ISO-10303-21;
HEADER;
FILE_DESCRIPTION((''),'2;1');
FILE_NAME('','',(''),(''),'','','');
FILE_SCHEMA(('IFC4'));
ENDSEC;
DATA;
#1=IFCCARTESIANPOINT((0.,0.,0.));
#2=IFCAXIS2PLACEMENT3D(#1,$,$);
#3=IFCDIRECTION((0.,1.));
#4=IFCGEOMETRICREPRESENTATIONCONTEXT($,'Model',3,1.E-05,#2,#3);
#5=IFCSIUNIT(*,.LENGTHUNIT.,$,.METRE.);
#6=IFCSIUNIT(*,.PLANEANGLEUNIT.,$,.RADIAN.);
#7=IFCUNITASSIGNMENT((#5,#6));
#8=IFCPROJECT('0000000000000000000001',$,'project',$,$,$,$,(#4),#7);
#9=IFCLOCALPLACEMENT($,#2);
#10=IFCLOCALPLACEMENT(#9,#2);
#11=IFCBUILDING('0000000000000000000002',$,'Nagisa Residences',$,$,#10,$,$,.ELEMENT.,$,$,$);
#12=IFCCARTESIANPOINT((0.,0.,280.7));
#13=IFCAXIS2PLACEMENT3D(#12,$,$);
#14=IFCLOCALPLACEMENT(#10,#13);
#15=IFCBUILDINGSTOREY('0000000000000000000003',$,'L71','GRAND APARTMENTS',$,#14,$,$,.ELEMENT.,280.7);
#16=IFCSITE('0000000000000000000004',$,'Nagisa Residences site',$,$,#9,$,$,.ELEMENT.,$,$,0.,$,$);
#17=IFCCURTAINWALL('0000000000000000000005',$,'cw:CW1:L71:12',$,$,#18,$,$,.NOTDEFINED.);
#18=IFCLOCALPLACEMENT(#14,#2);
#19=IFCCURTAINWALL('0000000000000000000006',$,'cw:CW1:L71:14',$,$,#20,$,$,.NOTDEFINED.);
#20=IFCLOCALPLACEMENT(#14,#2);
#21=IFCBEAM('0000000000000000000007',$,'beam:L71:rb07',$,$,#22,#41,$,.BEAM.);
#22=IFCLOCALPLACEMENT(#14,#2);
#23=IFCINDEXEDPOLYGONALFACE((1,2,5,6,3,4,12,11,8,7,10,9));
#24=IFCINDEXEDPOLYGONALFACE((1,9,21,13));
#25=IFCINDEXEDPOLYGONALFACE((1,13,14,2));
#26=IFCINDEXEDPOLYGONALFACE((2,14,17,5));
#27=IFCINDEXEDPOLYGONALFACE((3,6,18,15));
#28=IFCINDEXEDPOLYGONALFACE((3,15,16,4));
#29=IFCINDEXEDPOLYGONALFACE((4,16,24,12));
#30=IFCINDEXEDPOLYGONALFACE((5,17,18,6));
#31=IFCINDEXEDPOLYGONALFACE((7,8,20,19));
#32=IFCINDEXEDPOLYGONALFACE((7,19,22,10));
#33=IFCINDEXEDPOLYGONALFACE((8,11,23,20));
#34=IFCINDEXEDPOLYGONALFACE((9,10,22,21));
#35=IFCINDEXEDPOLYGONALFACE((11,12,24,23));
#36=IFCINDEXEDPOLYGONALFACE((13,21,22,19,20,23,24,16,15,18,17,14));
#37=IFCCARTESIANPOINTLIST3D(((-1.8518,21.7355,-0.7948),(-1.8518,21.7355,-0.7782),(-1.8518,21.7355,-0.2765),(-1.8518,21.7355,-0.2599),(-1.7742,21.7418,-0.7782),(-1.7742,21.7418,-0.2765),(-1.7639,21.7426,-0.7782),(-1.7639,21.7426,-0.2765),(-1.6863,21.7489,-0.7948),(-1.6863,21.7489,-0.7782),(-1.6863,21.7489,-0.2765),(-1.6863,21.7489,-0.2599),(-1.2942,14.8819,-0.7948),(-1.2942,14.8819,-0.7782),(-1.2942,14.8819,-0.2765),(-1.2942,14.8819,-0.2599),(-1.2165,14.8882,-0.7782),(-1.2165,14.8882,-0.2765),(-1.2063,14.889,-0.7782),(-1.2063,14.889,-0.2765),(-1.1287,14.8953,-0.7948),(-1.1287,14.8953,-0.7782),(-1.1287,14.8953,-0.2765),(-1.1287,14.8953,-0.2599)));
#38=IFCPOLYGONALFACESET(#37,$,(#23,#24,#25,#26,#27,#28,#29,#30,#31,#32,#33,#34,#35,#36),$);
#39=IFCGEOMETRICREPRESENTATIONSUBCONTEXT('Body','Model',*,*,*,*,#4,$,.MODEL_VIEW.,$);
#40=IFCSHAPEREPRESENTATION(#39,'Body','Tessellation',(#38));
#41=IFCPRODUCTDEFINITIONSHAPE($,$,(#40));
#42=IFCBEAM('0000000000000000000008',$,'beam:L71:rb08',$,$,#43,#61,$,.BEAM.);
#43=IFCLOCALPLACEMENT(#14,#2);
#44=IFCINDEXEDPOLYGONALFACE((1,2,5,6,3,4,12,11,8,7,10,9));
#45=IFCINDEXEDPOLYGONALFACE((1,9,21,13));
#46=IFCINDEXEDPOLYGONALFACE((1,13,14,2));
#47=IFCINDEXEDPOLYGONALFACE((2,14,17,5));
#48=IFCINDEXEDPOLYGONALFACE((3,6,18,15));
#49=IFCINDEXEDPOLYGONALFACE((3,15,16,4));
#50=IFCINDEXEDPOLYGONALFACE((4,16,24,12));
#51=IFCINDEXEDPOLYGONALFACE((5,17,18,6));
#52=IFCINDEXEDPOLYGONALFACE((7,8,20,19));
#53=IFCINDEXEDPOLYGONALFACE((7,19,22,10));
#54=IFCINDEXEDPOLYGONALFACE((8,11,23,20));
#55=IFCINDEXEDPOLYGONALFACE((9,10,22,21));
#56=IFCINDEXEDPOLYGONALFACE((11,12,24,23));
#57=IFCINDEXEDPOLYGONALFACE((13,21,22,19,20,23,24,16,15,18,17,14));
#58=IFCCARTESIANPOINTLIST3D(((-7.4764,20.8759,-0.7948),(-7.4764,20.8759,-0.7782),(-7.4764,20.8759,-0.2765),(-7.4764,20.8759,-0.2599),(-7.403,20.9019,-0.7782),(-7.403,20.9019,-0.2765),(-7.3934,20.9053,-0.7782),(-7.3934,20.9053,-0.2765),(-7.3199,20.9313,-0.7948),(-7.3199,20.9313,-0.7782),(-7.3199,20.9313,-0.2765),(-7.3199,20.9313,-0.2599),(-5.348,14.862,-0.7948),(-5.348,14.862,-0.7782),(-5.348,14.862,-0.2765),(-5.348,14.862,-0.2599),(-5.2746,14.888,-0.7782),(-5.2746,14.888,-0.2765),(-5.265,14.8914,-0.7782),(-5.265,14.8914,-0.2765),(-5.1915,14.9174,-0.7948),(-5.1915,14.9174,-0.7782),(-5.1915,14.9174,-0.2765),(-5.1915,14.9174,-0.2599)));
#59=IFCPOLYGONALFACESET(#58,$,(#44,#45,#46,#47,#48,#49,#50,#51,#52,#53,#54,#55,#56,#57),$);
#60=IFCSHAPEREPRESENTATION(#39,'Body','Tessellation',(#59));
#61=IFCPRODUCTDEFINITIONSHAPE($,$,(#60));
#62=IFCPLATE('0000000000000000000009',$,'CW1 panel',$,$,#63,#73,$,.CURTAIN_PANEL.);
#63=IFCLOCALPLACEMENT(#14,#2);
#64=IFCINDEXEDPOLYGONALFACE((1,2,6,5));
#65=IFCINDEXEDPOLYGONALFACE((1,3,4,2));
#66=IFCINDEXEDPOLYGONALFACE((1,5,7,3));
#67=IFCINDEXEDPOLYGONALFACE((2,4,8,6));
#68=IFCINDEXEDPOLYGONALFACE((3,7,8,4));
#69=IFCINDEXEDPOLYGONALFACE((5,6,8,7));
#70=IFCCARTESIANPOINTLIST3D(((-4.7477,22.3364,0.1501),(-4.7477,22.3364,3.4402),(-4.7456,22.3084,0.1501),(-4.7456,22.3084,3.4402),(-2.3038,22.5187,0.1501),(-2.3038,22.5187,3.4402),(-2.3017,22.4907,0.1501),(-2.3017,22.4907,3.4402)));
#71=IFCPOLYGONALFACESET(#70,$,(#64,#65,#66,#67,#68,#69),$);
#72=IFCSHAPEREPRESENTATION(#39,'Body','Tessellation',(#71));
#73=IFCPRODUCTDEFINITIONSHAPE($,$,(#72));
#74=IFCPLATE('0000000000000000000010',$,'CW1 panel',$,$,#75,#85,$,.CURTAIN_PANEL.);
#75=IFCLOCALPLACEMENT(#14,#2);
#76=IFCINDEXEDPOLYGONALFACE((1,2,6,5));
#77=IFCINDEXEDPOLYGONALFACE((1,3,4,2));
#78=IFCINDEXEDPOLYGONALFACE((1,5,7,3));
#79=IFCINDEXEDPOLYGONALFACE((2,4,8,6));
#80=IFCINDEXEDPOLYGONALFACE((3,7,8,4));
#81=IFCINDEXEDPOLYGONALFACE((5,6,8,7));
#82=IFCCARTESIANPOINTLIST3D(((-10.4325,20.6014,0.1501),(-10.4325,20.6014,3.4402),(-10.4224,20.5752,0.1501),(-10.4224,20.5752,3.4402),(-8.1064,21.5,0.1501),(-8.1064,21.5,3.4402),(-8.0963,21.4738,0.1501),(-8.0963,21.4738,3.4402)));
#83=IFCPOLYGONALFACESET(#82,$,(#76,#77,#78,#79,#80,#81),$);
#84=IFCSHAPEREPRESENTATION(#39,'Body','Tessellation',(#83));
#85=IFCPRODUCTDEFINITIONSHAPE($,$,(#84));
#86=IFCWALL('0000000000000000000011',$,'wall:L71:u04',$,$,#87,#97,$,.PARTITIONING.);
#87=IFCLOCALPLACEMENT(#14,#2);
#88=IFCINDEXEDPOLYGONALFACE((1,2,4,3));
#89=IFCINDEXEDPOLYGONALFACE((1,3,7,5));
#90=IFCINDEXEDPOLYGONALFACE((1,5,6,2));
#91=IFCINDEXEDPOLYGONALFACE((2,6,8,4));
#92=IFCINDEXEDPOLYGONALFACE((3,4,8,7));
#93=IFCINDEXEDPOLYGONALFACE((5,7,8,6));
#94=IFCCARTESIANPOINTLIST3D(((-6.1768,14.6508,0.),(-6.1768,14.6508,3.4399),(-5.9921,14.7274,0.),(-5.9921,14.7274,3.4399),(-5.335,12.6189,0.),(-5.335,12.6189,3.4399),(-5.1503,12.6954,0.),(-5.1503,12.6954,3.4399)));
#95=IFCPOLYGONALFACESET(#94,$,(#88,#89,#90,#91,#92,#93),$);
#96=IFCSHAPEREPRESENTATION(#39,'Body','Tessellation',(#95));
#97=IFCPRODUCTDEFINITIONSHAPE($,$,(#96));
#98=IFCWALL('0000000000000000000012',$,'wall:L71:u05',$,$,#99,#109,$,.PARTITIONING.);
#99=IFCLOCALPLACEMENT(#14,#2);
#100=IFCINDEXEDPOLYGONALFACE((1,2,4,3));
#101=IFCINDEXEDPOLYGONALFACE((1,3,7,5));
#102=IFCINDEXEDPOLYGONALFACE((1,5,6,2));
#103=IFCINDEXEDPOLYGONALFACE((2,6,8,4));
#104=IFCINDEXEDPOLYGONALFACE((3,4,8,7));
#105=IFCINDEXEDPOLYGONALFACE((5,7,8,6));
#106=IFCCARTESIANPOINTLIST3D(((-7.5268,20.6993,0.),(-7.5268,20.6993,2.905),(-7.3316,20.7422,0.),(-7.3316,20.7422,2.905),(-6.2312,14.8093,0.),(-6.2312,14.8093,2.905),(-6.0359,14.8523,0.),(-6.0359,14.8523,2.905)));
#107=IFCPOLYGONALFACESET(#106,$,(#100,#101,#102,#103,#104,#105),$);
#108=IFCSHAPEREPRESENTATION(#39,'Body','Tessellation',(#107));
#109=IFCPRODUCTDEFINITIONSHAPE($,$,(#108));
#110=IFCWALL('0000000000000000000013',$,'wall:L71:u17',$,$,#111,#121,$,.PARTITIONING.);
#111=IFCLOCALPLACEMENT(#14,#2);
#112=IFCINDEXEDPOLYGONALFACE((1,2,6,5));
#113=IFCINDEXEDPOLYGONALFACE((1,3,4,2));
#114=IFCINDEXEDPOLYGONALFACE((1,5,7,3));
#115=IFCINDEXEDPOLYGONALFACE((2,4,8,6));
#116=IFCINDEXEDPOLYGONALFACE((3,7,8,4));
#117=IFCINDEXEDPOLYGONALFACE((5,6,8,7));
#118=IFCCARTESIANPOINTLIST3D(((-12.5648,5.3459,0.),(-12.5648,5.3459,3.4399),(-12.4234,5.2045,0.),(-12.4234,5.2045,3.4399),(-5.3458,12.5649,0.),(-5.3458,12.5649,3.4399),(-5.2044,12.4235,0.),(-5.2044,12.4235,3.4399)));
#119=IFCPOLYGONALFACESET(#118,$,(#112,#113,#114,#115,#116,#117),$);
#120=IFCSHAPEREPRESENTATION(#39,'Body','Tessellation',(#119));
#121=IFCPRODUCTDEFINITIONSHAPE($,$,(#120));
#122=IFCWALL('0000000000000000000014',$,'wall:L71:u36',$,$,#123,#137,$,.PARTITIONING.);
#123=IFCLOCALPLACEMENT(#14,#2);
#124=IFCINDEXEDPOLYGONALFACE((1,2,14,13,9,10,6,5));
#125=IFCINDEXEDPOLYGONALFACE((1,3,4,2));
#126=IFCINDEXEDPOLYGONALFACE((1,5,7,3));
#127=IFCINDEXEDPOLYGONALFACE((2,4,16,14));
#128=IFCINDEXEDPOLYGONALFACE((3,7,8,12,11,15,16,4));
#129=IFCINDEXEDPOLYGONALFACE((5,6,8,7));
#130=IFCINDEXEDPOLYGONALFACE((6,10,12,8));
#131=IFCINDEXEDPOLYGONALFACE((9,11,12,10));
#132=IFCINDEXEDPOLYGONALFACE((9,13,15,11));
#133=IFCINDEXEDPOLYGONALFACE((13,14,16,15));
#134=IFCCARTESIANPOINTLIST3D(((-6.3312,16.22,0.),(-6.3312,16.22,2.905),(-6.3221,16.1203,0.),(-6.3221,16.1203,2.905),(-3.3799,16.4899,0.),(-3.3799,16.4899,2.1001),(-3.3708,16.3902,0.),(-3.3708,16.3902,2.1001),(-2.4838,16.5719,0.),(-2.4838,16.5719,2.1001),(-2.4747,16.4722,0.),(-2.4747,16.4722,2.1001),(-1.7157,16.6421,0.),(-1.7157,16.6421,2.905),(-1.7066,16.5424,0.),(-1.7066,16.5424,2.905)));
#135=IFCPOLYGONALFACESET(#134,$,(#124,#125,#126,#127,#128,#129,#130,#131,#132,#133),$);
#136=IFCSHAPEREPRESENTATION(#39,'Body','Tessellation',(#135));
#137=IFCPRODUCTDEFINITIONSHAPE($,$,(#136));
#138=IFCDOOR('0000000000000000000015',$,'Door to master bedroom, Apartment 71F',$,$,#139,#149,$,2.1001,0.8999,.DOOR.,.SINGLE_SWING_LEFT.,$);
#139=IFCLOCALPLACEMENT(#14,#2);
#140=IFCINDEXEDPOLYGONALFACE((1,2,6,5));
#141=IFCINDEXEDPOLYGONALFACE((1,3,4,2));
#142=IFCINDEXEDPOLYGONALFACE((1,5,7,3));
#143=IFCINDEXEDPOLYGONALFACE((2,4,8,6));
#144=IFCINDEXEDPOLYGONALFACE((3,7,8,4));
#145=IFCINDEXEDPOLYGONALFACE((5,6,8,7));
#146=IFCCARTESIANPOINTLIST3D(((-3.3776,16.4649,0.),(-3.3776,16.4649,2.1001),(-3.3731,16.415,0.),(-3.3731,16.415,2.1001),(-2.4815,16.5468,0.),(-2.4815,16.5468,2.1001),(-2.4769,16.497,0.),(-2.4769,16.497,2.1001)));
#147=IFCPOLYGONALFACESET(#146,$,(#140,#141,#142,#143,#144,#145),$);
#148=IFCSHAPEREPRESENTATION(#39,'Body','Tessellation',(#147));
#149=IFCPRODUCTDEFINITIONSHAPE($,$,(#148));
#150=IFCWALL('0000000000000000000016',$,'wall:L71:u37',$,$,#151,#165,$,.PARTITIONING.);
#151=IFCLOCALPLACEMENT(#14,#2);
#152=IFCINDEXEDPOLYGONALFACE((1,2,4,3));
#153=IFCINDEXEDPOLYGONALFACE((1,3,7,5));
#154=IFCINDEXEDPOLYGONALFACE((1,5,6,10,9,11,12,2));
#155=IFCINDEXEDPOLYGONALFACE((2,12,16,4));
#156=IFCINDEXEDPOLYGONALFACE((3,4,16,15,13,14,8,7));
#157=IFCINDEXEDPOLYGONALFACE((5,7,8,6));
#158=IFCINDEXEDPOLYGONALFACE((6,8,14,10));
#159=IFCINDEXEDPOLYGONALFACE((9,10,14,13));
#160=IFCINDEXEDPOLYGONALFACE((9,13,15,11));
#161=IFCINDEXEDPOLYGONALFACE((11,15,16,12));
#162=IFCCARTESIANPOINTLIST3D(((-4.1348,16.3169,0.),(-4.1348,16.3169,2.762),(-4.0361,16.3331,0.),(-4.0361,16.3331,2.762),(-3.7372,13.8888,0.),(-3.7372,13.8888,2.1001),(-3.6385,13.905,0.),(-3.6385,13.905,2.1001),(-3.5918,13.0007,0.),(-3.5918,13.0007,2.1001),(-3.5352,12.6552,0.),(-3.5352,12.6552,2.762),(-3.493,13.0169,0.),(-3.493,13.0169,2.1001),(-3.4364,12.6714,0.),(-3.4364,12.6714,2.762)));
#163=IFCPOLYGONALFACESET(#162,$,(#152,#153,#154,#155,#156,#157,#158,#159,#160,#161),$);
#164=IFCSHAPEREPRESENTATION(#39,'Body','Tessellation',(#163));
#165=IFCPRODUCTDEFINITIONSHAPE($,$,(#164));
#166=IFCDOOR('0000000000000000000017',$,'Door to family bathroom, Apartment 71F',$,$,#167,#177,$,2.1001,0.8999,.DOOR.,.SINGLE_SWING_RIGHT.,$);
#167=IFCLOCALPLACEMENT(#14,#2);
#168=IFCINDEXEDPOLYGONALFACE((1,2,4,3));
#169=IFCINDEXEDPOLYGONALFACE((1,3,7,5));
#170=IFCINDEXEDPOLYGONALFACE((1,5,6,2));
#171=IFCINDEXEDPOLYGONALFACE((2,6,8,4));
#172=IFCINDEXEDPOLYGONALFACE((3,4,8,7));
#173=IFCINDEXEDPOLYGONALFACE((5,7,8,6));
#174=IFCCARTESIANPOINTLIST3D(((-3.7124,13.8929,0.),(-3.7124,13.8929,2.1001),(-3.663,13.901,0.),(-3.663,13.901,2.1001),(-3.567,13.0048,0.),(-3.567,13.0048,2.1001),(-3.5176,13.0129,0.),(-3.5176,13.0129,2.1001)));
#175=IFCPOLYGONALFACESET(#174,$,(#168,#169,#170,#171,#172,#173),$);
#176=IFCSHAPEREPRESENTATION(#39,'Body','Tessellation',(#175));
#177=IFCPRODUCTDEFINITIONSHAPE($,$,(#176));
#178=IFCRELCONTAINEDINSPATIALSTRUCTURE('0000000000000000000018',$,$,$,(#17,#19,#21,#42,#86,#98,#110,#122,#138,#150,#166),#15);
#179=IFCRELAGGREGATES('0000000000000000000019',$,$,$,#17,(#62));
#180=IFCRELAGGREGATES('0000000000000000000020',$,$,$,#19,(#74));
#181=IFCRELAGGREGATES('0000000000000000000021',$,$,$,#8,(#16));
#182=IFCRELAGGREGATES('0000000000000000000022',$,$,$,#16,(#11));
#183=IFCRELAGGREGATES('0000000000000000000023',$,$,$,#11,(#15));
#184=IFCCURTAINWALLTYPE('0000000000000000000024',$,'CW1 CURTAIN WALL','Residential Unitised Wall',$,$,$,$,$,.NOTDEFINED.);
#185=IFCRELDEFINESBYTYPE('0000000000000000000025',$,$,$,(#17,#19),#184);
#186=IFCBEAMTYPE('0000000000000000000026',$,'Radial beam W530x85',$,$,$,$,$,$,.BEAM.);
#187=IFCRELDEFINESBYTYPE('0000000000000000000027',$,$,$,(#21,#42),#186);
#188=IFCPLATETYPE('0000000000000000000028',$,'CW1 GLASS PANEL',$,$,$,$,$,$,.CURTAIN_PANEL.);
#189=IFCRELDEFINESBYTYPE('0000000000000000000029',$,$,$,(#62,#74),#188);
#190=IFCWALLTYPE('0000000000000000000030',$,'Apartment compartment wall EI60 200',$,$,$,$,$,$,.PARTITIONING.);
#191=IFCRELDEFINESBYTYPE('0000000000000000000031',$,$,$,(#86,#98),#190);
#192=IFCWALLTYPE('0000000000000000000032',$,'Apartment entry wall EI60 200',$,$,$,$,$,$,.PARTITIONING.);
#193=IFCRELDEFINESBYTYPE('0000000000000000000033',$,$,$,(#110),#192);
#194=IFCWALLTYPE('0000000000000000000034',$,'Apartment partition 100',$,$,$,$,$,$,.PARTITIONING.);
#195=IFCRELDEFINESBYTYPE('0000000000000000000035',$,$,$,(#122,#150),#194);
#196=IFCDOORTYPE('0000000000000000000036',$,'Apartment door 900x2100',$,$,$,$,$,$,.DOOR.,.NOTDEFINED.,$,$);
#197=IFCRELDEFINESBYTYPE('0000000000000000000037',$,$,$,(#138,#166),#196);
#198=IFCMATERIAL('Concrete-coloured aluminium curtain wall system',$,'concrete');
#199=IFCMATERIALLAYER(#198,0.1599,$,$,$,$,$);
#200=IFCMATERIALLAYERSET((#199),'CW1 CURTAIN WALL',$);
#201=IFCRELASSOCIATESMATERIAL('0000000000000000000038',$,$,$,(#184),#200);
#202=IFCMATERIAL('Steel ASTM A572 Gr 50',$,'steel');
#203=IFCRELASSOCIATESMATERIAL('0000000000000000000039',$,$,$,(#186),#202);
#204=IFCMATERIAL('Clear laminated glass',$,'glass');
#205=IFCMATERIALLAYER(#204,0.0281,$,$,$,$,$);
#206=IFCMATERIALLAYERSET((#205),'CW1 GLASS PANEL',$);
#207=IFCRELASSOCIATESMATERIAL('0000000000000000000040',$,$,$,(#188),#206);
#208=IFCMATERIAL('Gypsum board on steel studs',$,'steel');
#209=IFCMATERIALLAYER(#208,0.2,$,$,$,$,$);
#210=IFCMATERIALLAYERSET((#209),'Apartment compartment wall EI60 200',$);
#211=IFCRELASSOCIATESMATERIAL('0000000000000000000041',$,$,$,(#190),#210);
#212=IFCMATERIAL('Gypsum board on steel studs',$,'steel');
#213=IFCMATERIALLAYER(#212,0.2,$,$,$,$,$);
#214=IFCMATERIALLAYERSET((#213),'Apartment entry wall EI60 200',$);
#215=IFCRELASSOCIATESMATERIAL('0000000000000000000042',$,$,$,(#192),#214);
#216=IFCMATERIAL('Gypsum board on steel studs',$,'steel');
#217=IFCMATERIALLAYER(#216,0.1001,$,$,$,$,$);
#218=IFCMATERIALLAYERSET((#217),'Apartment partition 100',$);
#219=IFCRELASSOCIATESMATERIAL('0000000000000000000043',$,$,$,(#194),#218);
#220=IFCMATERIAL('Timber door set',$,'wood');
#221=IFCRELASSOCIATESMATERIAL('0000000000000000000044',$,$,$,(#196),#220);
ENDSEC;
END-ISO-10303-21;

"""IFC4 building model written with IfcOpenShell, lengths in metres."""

from ifc_helpers import new_model, si_unit, direction, frame, frame_2d, origin, origin_2d, place, context, subcontext, project, spatial, rectangle, i_section, extrude, material, layer, layer_set, material_profile, profile_set, type_object, element, fill, aggregate, save


model = new_model("IFC4")

# Units and contexts
model_context = context("Model", 3, precision=1e-05, world=origin(), true_north=direction((0.0, 1.0)))
body_context = subcontext(model_context, "Body", "Model", "MODEL_VIEW")
ifc_project = project(units=[si_unit("LENGTHUNIT", "METRE"), si_unit("PLANEANGLEUNIT", "RADIAN")], contexts=[model_context])

# Site, building, storey
site_placement = place(None, origin())
site = spatial("IfcSite", under=ifc_project, at=site_placement, Name="Nagisa Residences site", CompositionType="ELEMENT", RefElevation=0.0)
building_placement = place(site_placement, origin())
building = spatial("IfcBuilding", under=site, at=building_placement, Name="Nagisa Residences", CompositionType="ELEMENT")
storey_placement = place(building_placement, frame((0.0, 0.0, 280.7)))
storey = spatial("IfcBuildingStorey", under=building, at=storey_placement, Name="L71", Description="GRAND APARTMENTS", CompositionType="ELEMENT", Elevation=280.7)

# Curtain walls
ifc_material_1 = material(Name="Concrete-coloured aluminium curtain wall system", Category="concrete")
ifc_layer_1 = layer(ifc_material_1, 0.1599)
ifc_layer_set_1 = layer_set([ifc_layer_1], Name="CW1 CURTAIN WALL")
curtain_wall_type = type_object("IfcCurtainWallType", Name="CW1 CURTAIN WALL", Description="Residential Unitised Wall", PredefinedType="NOTDEFINED", material=ifc_layer_set_1)
curtain_wall_1_placement = place(storey_placement, origin())
curtain_wall_1 = element("IfcCurtainWall", 1, at=curtain_wall_1_placement, inside=storey, type_object=curtain_wall_type, Name="cw:CW1:L71:12", PredefinedType="NOTDEFINED")
curtain_wall_2_placement = place(storey_placement, origin())
curtain_wall_2 = element("IfcCurtainWall", 2, at=curtain_wall_2_placement, inside=storey, type_object=curtain_wall_type, Name="cw:CW1:L71:14", PredefinedType="NOTDEFINED")

# Beams
ifc_material_2 = material(Name="Steel ASTM A572 Gr 50", Category="steel")
ifc_material_profile_1 = material_profile(ifc_material_2, i_section(OverallWidth=0.166, OverallDepth=0.5349, WebThickness=0.0103, FlangeThickness=0.0166, at=origin_2d()), Name="W530x85")
ifc_profile_set_1 = profile_set([ifc_material_profile_1], Name="Steel ASTM A572 Gr 50")
beam_type_1 = type_object("IfcBeamType", Name="Radial beam W530x85", PredefinedType="BEAM", material=ifc_profile_set_1)
beam_1_placement = place(storey_placement, frame((-1.769, 21.7422, -0.5273), z_axis=(0.081094, -0.996706, 0.0), x_axis=(0.996706, 0.081094, 0.0)))
element("IfcBeam", 3, at=beam_1_placement, inside=storey, type_object=beam_type_1, Name="beam:L71:rb07", PredefinedType="BEAM", context=body_context, shape_type="SweptSolid", body=[
    extrude(i_section(OverallWidth=0.166, OverallDepth=0.5349, WebThickness=0.0103, FlangeThickness=0.0166, at=origin_2d()), origin(), (0.0, 0.0, 1.0), 6.8762),
])
beam_2_placement = place(storey_placement, frame((-7.3982, 20.9036, -0.5273), z_axis=(0.333637, -0.942702, 0.0), x_axis=(0.942702, 0.333637, 0.0)))
element("IfcBeam", 4, at=beam_2_placement, inside=storey, type_object=beam_type_1, Name="beam:L71:rb08", PredefinedType="BEAM", context=body_context, shape_type="SweptSolid", body=[
    extrude(i_section(OverallWidth=0.166, OverallDepth=0.5349, WebThickness=0.0103, FlangeThickness=0.0166, at=origin_2d()), origin(), (0.0, 0.0, 1.0), 6.3794),
])

# Plates
ifc_material_3 = material(Name="Clear laminated glass", Category="glass")
ifc_layer_2 = layer(ifc_material_3, 0.0281)
ifc_layer_set_2 = layer_set([ifc_layer_2], Name="CW1 GLASS PANEL")
plate_type = type_object("IfcPlateType", Name="CW1 GLASS PANEL", PredefinedType="CURTAIN_PANEL", material=ifc_layer_set_2)
plate_1_placement = place(storey_placement, frame((-3.5247, 22.4136, 0.1501), z_axis=(0.0, 0.0, 1.0), x_axis=(-0.99723, -0.074377, 0.0)))
plate_1 = element("IfcPlate", 5, at=plate_1_placement, type_object=plate_type, Name="CW1 panel", PredefinedType="CURTAIN_PANEL", context=body_context, shape_type="SweptSolid", body=[
    extrude(rectangle(XDim=2.4507, YDim=0.0281, at=origin_2d()), origin(), (0.0, 0.0, 1.0), 3.29),
])
aggregate(curtain_wall_1, [plate_1])
plate_2_placement = place(storey_placement, frame((-9.2644, 21.0376, 0.1501), z_axis=(0.0, 0.0, 1.0), x_axis=(-0.932826, -0.360328, 0.0)))
plate_2 = element("IfcPlate", 6, at=plate_2_placement, type_object=plate_type, Name="CW1 panel", PredefinedType="CURTAIN_PANEL", context=body_context, shape_type="SweptSolid", body=[
    extrude(rectangle(XDim=2.4937, YDim=0.0281, at=origin_2d()), origin(), (0.0, 0.0, 1.0), 3.29),
])
aggregate(curtain_wall_2, [plate_2])

# Walls
ifc_material_4 = material(Name="Gypsum board on steel studs", Category="steel")
ifc_layer_3 = layer(ifc_material_4, 0.2)
ifc_layer_set_3 = layer_set([ifc_layer_3], Name="Apartment compartment wall EI60 200")
wall_type_1 = type_object("IfcWallType", Name="Apartment compartment wall EI60 200", PredefinedType="PARTITIONING", material=ifc_layer_set_3)
wall_1_placement = place(storey_placement, frame((-5.2427, 12.6572, 0.0), z_axis=(0.0, 0.0, 1.0), x_axis=(-0.382731, 0.92386, 0.0)))
element("IfcWall", 7, at=wall_1_placement, inside=storey, type_object=wall_type_1, Name="wall:L71:u04", PredefinedType="PARTITIONING", context=body_context, shape_type="SweptSolid", body=[
    extrude(rectangle(XDim=2.1995, YDim=0.2, at=frame_2d((1.0996, 0.0))), origin(), (0.0, 0.0, 1.0), 3.4399),
])
wall_2_placement = place(storey_placement, frame((-6.1335, 14.8308, 0.0), z_axis=(0.0, 0.0, 1.0), x_axis=(-0.214842, 0.976649, 0.0)))
element("IfcWall", 8, at=wall_2_placement, inside=storey, type_object=wall_type_1, Name="wall:L71:u05", PredefinedType="PARTITIONING", context=body_context, shape_type="SweptSolid", body=[
    extrude(rectangle(XDim=6.0308, YDim=0.2, at=frame_2d((3.0154, 0.0))), origin(), (0.0, 0.0, 1.0), 2.905),
])
ifc_material_5 = material(Name="Gypsum board on steel studs", Category="steel")
ifc_layer_4 = layer(ifc_material_5, 0.2)
ifc_layer_set_4 = layer_set([ifc_layer_4], Name="Apartment entry wall EI60 200")
wall_type_2 = type_object("IfcWallType", Name="Apartment entry wall EI60 200", PredefinedType="PARTITIONING", material=ifc_layer_set_4)
wall_3_placement = place(storey_placement, frame((-5.2751, 12.4941, 0.0), z_axis=(0.0, 0.0, 1.0), x_axis=(-0.707107, -0.707107, 0.0)))
element("IfcWall", 9, at=wall_3_placement, inside=storey, type_object=wall_type_2, Name="wall:L71:u17", PredefinedType="PARTITIONING", context=body_context, shape_type="SweptSolid", body=[
    extrude(rectangle(XDim=10.2092, YDim=0.2, at=frame_2d((5.1045, 0.0))), origin(), (0.0, 0.0, 1.0), 3.4399),
])

# Walls, openings, doors
ifc_material_6 = material(Name="Gypsum board on steel studs", Category="steel")
ifc_layer_5 = layer(ifc_material_6, 0.1001)
ifc_layer_set_5 = layer_set([ifc_layer_5], Name="Apartment partition 100")
wall_type_3 = type_object("IfcWallType", Name="Apartment partition 100", PredefinedType="PARTITIONING", material=ifc_layer_set_5)
wall_4_placement = place(storey_placement, frame((-1.7112, 16.5923, 0.0), z_axis=(0.0, 0.0, 1.0), x_axis=(-0.995844, -0.091077, 0.0)))
wall_4 = element("IfcWall", 10, at=wall_4_placement, inside=storey, type_object=wall_type_3, Name="wall:L71:u36", PredefinedType="PARTITIONING", context=body_context, shape_type="SweptSolid", body=[
    extrude(rectangle(XDim=4.6348, YDim=0.1001, at=frame_2d((2.3174, 0.0))), origin(), (0.0, 0.0, 1.0), 2.905),
])
opening_1_placement = place(wall_4_placement, frame((0.7712, 0.0, 0.0)))
opening_1 = element("IfcOpeningElement", 11, at=opening_1_placement, cuts=wall_4, PredefinedType="OPENING", context=body_context, shape_type="SweptSolid", body=[
    extrude(rectangle(XDim=0.8999, YDim=2.1001, at=frame_2d((0.45, 1.05))), frame((0.0, 0.0601, 0.0), z_axis=(0.0, -1.0, 0.0), x_axis=(1.0, 0.0, 0.0)), (0.0, 0.0, 1.0), 0.1201),
])
ifc_material_7 = material(Name="Timber door set", Category="wood")
door_type_1 = type_object("IfcDoorType", Name="Apartment door 900x2100", OperationType="NOTDEFINED", PredefinedType="DOOR", material=ifc_material_7)
door_1_placement = place(opening_1_placement, frame((0.8999, 0.0, 0.0), x_axis=(-1.0, 0.0, 0.0)))
door_1 = element("IfcDoor", 12, at=door_1_placement, inside=storey, type_object=door_type_1, Name="Door to master bedroom, Apartment 71F", OperationType="SINGLE_SWING_LEFT", OverallHeight=2.1001, OverallWidth=0.8999, PredefinedType="DOOR", context=body_context, shape_type="SweptSolid", body=[
    extrude(rectangle(XDim=0.8999, YDim=2.1001, at=frame_2d((0.45, 1.05))), frame((0.0, 0.0249, 0.0), z_axis=(0.0, -1.0, 0.0), x_axis=(1.0, 0.0, 0.0)), (0.0, 0.0, 1.0), 0.05),
])
fill(opening_1, door_1)
wall_5_placement = place(storey_placement, frame((-3.4858, 12.6633, 0.0), z_axis=(0.0, 0.0, 1.0), x_axis=(-0.161603, 0.986856, 0.0)))
wall_5 = element("IfcWall", 13, at=wall_5_placement, inside=storey, type_object=wall_type_3, Name="wall:L71:u37", PredefinedType="PARTITIONING", context=body_context, shape_type="SweptSolid", body=[
    extrude(rectangle(XDim=3.7104, YDim=0.1001, at=frame_2d((1.8552, 0.0))), origin(), (0.0, 0.0, 1.0), 2.762),
])
opening_2_placement = place(wall_5_placement, frame((0.3501, 0.0, 0.0)))
opening_2 = element("IfcOpeningElement", 14, at=opening_2_placement, cuts=wall_5, PredefinedType="OPENING", context=body_context, shape_type="SweptSolid", body=[
    extrude(rectangle(XDim=0.8999, YDim=2.1001, at=frame_2d((0.45, 1.05))), frame((0.0, 0.0601, 0.0), z_axis=(0.0, -1.0, 0.0), x_axis=(1.0, 0.0, 0.0)), (0.0, 0.0, 1.0), 0.1201),
])
door_2_placement = place(opening_2_placement, origin())
door_2 = element("IfcDoor", 15, at=door_2_placement, inside=storey, type_object=door_type_1, Name="Door to family bathroom, Apartment 71F", OperationType="SINGLE_SWING_RIGHT", OverallHeight=2.1001, OverallWidth=0.8999, PredefinedType="DOOR", context=body_context, shape_type="SweptSolid", body=[
    extrude(rectangle(XDim=0.8999, YDim=2.1001, at=frame_2d((0.45, 1.05))), frame((0.0, 0.0249, 0.0), z_axis=(0.0, -1.0, 0.0), x_axis=(1.0, 0.0, 0.0)), (0.0, 0.0, 1.0), 0.05),
])
fill(opening_2, door_2)

save(model, "model.ifc")
